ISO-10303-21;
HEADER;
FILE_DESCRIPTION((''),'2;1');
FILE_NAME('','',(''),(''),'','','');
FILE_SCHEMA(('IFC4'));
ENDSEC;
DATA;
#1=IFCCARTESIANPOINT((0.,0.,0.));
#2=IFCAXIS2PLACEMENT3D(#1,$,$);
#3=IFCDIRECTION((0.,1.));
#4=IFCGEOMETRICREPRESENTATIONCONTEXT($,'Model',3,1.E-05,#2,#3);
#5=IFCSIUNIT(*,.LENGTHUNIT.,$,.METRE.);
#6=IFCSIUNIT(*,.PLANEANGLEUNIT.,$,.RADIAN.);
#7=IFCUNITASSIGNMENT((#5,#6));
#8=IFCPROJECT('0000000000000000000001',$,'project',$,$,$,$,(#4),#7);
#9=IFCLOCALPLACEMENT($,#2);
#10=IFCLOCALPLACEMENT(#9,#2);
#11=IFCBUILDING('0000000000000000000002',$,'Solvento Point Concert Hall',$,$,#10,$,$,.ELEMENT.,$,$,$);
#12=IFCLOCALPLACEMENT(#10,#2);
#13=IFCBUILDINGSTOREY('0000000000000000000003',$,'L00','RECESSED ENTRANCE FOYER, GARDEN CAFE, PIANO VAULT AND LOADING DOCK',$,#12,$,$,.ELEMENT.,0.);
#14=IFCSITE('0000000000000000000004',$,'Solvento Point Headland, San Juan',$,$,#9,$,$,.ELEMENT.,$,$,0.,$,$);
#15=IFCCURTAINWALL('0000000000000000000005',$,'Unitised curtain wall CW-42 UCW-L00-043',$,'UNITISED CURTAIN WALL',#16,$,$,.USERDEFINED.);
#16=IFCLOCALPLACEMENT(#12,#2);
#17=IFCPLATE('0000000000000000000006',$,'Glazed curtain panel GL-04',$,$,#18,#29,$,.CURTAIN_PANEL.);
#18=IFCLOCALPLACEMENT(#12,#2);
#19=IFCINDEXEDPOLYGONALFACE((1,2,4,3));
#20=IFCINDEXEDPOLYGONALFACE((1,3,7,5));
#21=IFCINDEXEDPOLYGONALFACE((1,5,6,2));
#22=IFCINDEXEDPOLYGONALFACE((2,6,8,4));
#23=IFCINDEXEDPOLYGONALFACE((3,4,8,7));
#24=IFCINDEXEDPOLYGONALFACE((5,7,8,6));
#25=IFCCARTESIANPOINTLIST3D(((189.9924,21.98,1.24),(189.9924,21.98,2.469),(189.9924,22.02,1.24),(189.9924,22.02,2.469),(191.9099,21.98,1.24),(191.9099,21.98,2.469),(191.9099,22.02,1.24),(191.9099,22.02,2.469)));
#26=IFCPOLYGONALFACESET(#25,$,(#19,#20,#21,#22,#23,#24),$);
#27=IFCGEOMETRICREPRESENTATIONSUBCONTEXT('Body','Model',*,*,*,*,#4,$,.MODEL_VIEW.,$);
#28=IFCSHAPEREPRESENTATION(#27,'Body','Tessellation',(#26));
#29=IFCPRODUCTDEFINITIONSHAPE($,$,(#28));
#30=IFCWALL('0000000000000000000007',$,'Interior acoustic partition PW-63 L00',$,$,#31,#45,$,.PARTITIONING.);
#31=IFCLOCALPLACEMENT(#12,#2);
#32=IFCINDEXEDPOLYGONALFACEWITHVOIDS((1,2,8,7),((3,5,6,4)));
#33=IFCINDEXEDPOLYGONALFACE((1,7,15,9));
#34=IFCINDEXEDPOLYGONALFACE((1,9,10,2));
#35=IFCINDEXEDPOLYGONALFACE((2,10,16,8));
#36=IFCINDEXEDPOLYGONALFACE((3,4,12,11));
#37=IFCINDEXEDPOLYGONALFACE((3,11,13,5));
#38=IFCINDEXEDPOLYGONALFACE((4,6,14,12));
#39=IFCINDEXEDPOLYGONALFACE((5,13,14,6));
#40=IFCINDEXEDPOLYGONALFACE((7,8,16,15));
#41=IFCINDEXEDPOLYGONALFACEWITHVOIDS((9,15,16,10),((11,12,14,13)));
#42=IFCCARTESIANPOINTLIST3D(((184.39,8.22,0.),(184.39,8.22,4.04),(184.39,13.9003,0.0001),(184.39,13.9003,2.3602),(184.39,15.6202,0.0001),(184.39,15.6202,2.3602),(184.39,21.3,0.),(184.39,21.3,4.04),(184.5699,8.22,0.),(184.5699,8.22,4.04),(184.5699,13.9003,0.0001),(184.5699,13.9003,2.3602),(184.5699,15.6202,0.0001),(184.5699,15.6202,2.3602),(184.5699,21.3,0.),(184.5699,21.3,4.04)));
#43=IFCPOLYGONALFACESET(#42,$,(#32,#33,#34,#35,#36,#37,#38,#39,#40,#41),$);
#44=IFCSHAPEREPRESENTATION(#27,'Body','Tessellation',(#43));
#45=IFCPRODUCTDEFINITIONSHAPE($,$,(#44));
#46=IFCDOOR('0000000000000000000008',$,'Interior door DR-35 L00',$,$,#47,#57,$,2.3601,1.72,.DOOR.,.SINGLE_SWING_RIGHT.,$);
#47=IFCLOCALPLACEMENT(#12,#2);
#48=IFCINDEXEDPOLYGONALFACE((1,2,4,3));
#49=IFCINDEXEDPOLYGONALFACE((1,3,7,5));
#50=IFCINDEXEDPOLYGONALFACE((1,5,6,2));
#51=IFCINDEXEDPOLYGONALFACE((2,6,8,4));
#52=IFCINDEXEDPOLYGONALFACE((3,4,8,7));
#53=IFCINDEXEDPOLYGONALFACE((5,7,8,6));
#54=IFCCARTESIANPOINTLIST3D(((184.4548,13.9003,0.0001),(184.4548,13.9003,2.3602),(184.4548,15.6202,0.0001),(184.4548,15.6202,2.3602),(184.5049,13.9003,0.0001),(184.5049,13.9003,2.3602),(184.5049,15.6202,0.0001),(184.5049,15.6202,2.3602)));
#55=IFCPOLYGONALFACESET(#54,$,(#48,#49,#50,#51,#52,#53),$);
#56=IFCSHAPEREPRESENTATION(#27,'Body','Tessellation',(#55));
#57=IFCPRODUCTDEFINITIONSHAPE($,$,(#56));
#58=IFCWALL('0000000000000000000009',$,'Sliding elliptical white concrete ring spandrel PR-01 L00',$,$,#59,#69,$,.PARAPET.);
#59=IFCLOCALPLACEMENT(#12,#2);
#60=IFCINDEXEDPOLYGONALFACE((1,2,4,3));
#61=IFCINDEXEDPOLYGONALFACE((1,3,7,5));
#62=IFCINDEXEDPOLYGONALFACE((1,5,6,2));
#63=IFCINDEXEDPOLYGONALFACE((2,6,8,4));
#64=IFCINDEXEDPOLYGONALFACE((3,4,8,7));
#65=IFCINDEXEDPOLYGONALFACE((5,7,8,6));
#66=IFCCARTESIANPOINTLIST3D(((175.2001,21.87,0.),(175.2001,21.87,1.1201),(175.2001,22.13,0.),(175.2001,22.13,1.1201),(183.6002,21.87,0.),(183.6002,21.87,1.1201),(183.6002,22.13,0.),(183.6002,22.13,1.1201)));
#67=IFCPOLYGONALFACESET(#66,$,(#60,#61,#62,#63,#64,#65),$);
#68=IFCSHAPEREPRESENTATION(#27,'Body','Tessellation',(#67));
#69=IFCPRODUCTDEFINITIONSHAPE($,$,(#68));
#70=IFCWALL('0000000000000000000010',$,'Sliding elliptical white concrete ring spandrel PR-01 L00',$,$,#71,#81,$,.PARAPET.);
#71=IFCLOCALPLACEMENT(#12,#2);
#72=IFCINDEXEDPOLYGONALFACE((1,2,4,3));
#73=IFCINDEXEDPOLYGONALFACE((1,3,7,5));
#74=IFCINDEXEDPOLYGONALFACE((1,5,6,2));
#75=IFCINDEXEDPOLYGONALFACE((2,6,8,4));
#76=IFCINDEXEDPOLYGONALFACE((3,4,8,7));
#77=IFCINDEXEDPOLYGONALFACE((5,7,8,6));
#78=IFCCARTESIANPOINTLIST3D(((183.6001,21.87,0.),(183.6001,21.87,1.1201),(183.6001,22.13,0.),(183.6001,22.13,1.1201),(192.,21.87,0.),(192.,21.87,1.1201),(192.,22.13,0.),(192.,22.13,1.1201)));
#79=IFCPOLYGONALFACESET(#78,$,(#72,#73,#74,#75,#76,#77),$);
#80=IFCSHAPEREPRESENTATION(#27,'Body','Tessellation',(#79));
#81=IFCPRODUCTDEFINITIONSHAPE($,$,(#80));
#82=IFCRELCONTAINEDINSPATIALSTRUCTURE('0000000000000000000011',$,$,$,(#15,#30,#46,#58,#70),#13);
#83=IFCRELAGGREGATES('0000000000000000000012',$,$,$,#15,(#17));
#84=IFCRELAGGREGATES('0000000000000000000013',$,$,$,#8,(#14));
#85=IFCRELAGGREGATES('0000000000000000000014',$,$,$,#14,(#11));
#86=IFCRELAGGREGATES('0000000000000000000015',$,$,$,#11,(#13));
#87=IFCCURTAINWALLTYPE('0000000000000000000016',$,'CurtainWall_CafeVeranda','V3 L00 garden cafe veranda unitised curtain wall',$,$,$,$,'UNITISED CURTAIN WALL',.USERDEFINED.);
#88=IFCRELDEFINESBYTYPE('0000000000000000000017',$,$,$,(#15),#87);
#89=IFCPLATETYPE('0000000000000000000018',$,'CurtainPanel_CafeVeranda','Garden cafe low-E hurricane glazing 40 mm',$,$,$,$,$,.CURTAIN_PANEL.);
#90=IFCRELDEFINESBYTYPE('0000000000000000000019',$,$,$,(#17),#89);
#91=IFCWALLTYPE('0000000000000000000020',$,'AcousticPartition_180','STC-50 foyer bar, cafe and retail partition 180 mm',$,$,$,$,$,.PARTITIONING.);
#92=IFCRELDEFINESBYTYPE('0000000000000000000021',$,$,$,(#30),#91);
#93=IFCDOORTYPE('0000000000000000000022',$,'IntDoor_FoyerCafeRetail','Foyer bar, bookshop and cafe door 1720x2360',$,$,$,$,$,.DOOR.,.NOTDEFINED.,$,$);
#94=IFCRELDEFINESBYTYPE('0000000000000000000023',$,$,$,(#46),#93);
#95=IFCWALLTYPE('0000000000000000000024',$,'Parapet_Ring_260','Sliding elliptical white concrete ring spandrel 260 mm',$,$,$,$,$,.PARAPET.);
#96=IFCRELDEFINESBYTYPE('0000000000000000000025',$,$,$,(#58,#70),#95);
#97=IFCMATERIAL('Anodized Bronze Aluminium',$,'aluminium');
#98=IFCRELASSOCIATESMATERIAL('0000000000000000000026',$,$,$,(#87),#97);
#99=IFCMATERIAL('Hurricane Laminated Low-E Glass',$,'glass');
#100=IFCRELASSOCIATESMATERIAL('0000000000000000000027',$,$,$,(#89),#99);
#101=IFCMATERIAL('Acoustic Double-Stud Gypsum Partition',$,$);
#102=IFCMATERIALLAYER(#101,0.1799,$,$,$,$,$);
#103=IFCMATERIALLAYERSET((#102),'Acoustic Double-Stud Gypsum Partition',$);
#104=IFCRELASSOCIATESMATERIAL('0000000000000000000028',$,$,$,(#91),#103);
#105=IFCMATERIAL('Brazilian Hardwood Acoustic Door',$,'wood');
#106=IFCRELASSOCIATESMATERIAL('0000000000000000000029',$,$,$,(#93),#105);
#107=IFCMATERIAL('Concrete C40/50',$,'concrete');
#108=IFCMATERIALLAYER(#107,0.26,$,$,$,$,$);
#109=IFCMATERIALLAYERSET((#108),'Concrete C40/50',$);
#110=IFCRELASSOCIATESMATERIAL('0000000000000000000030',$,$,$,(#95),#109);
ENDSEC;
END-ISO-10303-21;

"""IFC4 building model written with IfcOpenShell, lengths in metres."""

from ifc_helpers import new_model, si_unit, direction, frame, frame_2d, origin, origin_2d, place, context, subcontext, project, spatial, rectangle, extrude, material, layer, layer_set, type_object, element, fill, aggregate, save


model = new_model("IFC4")

# Units and contexts
model_context = context("Model", 3, precision=1e-05, world=origin(), true_north=direction((0.0, 1.0)))
body_context = subcontext(model_context, "Body", "Model", "MODEL_VIEW")
ifc_project = project(units=[si_unit("LENGTHUNIT", "METRE"), si_unit("PLANEANGLEUNIT", "RADIAN")], contexts=[model_context])

# Site, building, storey
site_placement = place(None, origin())
site = spatial("IfcSite", under=ifc_project, at=site_placement, Name="Solvento Point Headland, San Juan", CompositionType="ELEMENT", RefElevation=0.0)
building_placement = place(site_placement, origin())
building = spatial("IfcBuilding", under=site, at=building_placement, Name="Solvento Point Concert Hall", CompositionType="ELEMENT")
storey_placement = place(building_placement, origin())
storey = spatial("IfcBuildingStorey", under=building, at=storey_placement, Name="L00", Description="RECESSED ENTRANCE FOYER, GARDEN CAFE, PIANO VAULT AND LOADING DOCK", CompositionType="ELEMENT", Elevation=0.0)

# Curtain wall
ifc_material_1 = material(Name="Anodized Bronze Aluminium", Category="aluminium")
curtain_wall_type = type_object("IfcCurtainWallType", Name="CurtainWall_CafeVeranda", Description="V3 L00 garden cafe veranda unitised curtain wall", ElementType="UNITISED CURTAIN WALL", PredefinedType="USERDEFINED", material=ifc_material_1)
curtain_wall_1_placement = place(storey_placement, origin())
curtain_wall_1 = element("IfcCurtainWall", 1, at=curtain_wall_1_placement, inside=storey, type_object=curtain_wall_type, Name="Unitised curtain wall CW-42 UCW-L00-043", ObjectType="UNITISED CURTAIN WALL", PredefinedType="USERDEFINED")

# Plate
ifc_material_2 = material(Name="Hurricane Laminated Low-E Glass", Category="glass")
plate_type = type_object("IfcPlateType", Name="CurtainPanel_CafeVeranda", Description="Garden cafe low-E hurricane glazing 40 mm", PredefinedType="CURTAIN_PANEL", material=ifc_material_2)
plate_1_placement = place(storey_placement, frame((190.9512, 22.0, 1.24), z_axis=(0.0, 0.0, 1.0), x_axis=(1.0, 0.0, 0.0)))
plate_1 = element("IfcPlate", 2, at=plate_1_placement, type_object=plate_type, Name="Glazed curtain panel GL-04", PredefinedType="CURTAIN_PANEL", context=body_context, shape_type="SweptSolid", body=[
    extrude(rectangle(XDim=1.9175, YDim=0.04, at=origin_2d()), origin(), (0.0, 0.0, 1.0), 1.229),
])
aggregate(curtain_wall_1, [plate_1])

# Wall, opening, door
ifc_material_3 = material(Name="Acoustic Double-Stud Gypsum Partition")
ifc_layer_1 = layer(ifc_material_3, 0.1799)
ifc_layer_set_1 = layer_set([ifc_layer_1], Name="Acoustic Double-Stud Gypsum Partition")
wall_type_1 = type_object("IfcWallType", Name="AcousticPartition_180", Description="STC-50 foyer bar, cafe and retail partition 180 mm", PredefinedType="PARTITIONING", material=ifc_layer_set_1)
wall_1_placement = place(storey_placement, frame((184.48, 21.3, 0.0), z_axis=(0.0, 0.0, 1.0), x_axis=(0.0, -1.0, 0.0)))
wall_1 = element("IfcWall", 3, at=wall_1_placement, inside=storey, type_object=wall_type_1, Name="Interior acoustic partition PW-63 L00", PredefinedType="PARTITIONING", context=body_context, shape_type="SweptSolid", body=[
    extrude(rectangle(XDim=13.0801, YDim=0.1799, at=frame_2d((6.54, 0.0))), origin(), (0.0, 0.0, 1.0), 4.04),
])
opening_placement = place(wall_1_placement, frame((5.6799, 0.0, 0.0)))
opening = element("IfcOpeningElement", 4, at=opening_placement, cuts=wall_1, PredefinedType="OPENING", context=body_context, shape_type="SweptSolid", body=[
    extrude(rectangle(XDim=1.72, YDim=2.3601, at=frame_2d((0.8599, 1.1802))), frame((0.0, 0.0999, 0.0), z_axis=(0.0, -1.0, 0.0), x_axis=(1.0, 0.0, 0.0)), (0.0, 0.0, 1.0), 0.2),
])
ifc_material_4 = material(Name="Brazilian Hardwood Acoustic Door", Category="wood")
door_type = type_object("IfcDoorType", Name="IntDoor_FoyerCafeRetail", Description="Foyer bar, bookshop and cafe door 1720x2360", OperationType="NOTDEFINED", PredefinedType="DOOR", material=ifc_material_4)
door_placement = place(opening_placement, origin())
door = element("IfcDoor", 5, at=door_placement, inside=storey, type_object=door_type, Name="Interior door DR-35 L00", OperationType="SINGLE_SWING_RIGHT", OverallHeight=2.3601, OverallWidth=1.72, PredefinedType="DOOR", context=body_context, shape_type="SweptSolid", body=[
    extrude(rectangle(XDim=1.72, YDim=2.3601, at=frame_2d((0.8599, 1.1802))), frame((0.0, 0.0249, 0.0), z_axis=(0.0, -1.0, 0.0), x_axis=(1.0, 0.0, 0.0)), (0.0, 0.0, 1.0), 0.05),
])
fill(opening, door)

# Walls
ifc_material_5 = material(Name="Concrete C40/50", Category="concrete")
ifc_layer_2 = layer(ifc_material_5, 0.26)
ifc_layer_set_2 = layer_set([ifc_layer_2], Name="Concrete C40/50")
wall_type_2 = type_object("IfcWallType", Name="Parapet_Ring_260", Description="Sliding elliptical white concrete ring spandrel 260 mm", PredefinedType="PARAPET", material=ifc_layer_set_2)
wall_2_placement = place(storey_placement, frame((175.2, 22.0, 0.0), z_axis=(0.0, 0.0, 1.0), x_axis=(1.0, 0.0, 0.0)))
element("IfcWall", 6, at=wall_2_placement, inside=storey, type_object=wall_type_2, Name="Sliding elliptical white concrete ring spandrel PR-01 L00", PredefinedType="PARAPET", context=body_context, shape_type="SweptSolid", body=[
    extrude(rectangle(XDim=8.4001, YDim=0.26, at=frame_2d((4.2002, 0.0))), origin(), (0.0, 0.0, 1.0), 1.1201),
])
wall_3_placement = place(storey_placement, frame((183.6001, 22.0, 0.0), z_axis=(0.0, 0.0, 1.0), x_axis=(1.0, 0.0, 0.0)))
element("IfcWall", 7, at=wall_3_placement, inside=storey, type_object=wall_type_2, Name="Sliding elliptical white concrete ring spandrel PR-01 L00", PredefinedType="PARAPET", context=body_context, shape_type="SweptSolid", body=[
    extrude(rectangle(XDim=8.3999, YDim=0.26, at=frame_2d((4.2, 0.0))), origin(), (0.0, 0.0, 1.0), 1.1201),
])

save(model, "model.ifc")
